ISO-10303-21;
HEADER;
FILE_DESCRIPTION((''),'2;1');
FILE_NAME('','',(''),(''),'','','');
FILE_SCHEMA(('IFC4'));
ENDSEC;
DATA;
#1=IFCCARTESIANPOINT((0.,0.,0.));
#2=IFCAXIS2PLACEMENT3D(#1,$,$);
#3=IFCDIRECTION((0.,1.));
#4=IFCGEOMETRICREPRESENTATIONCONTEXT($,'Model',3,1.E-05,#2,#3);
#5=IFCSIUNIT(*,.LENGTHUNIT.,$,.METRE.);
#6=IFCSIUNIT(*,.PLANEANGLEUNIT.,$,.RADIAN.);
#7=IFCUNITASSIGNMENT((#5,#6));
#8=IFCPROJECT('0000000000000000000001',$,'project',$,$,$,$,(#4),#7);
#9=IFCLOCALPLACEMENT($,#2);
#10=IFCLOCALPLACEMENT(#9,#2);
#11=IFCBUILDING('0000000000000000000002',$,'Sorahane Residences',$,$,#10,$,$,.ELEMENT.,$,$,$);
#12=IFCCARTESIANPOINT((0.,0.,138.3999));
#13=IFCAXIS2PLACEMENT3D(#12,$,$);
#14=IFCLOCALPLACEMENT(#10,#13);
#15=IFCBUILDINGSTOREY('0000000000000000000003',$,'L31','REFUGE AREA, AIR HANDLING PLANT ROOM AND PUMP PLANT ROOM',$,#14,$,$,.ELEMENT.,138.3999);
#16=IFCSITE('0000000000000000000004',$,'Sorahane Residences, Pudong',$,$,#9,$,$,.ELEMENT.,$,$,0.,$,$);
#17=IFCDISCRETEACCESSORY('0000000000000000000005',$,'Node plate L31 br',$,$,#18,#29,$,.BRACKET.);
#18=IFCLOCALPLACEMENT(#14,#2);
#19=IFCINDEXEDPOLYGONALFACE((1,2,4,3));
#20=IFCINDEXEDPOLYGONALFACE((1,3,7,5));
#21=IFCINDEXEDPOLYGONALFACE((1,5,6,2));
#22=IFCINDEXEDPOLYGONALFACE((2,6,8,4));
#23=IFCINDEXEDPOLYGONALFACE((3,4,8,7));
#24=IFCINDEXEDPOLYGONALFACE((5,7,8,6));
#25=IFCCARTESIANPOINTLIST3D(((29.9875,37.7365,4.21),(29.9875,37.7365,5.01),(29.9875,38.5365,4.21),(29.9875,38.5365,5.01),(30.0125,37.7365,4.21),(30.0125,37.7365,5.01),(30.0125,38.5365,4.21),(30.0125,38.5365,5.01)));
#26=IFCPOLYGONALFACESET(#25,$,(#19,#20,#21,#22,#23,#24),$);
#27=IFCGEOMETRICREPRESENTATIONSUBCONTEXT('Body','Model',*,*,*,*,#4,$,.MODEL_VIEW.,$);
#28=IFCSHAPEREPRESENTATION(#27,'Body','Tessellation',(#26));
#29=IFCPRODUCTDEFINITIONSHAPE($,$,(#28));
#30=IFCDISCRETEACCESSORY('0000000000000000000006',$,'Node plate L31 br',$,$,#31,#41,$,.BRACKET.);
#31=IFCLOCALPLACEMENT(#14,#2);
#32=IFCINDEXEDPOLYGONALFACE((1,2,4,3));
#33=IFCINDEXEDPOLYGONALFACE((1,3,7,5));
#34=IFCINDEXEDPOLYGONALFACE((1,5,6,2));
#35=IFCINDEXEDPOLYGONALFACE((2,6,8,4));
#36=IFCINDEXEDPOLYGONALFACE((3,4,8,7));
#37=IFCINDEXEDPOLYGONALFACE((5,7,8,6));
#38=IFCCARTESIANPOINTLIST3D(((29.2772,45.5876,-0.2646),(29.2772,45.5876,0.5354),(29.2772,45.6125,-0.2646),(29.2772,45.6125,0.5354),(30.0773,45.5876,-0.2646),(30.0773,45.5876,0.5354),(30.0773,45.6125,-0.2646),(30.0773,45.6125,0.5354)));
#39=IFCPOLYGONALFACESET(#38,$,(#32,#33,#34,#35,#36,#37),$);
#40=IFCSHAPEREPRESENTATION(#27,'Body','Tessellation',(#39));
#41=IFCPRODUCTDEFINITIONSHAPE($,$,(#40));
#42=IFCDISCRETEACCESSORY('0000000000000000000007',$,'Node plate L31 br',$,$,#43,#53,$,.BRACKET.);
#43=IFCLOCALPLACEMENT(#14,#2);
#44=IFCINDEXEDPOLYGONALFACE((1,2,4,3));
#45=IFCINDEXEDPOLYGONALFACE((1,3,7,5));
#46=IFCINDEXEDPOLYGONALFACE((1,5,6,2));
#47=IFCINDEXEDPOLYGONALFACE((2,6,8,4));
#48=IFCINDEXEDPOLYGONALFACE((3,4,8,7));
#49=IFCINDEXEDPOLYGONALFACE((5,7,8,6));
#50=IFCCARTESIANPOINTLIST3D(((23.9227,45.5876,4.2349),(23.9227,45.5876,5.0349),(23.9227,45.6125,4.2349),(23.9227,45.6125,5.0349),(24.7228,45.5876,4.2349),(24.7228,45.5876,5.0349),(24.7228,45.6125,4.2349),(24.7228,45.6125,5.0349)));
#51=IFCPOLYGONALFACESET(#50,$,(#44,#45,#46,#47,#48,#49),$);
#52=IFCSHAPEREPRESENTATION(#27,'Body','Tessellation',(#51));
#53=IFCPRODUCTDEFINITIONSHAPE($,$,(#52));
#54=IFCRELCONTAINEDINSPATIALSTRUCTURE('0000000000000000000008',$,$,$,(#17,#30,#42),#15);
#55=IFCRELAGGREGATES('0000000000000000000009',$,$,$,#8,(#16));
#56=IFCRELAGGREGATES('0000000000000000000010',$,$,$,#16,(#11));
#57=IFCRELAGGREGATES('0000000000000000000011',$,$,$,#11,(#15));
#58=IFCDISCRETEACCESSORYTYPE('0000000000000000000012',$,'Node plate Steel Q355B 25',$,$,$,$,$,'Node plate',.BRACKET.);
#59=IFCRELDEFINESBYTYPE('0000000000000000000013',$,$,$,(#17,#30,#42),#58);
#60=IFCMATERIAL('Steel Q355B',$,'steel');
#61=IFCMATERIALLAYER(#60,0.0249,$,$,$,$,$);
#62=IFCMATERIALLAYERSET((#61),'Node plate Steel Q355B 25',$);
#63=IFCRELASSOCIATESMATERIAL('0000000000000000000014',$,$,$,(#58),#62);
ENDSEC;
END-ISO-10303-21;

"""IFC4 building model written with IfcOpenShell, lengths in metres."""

from ifc_helpers import new_model, si_unit, direction, frame, origin, origin_2d, place, context, subcontext, project, spatial, rectangle, extrude, material, layer, layer_set, type_object, element, save


model = new_model("IFC4")

# Units and contexts
model_context = context("Model", 3, precision=1e-05, world=origin(), true_north=direction((0.0, 1.0)))
body_context = subcontext(model_context, "Body", "Model", "MODEL_VIEW")
ifc_project = project(units=[si_unit("LENGTHUNIT", "METRE"), si_unit("PLANEANGLEUNIT", "RADIAN")], contexts=[model_context])

# Site, building, storey
site_placement = place(None, origin())
site = spatial("IfcSite", under=ifc_project, at=site_placement, Name="Sorahane Residences, Pudong", CompositionType="ELEMENT", RefElevation=0.0)
building_placement = place(site_placement, origin())
building = spatial("IfcBuilding", under=site, at=building_placement, Name="Sorahane Residences", CompositionType="ELEMENT")
storey_placement = place(building_placement, frame((0.0, 0.0, 138.3999)))
storey = spatial("IfcBuildingStorey", under=building, at=storey_placement, Name="L31", Description="REFUGE AREA, AIR HANDLING PLANT ROOM AND PUMP PLANT ROOM", CompositionType="ELEMENT", Elevation=138.3999)

# Discrete accessories
ifc_material_1 = material(Name="Steel Q355B", Category="steel")
ifc_layer_1 = layer(ifc_material_1, 0.0249)
ifc_layer_set_1 = layer_set([ifc_layer_1], Name="Node plate Steel Q355B 25")
discrete_accessory_type = type_object("IfcDiscreteAccessoryType", Name="Node plate Steel Q355B 25", ElementType="Node plate", PredefinedType="BRACKET", material=ifc_layer_set_1)
for number, where, z_axis, x_axis, name in (
    (1, (30.0, 38.1365, 4.21), (0.0, 0.0, 1.0), (0.0, 1.0, 0.0), "Node plate L31 br"),
    (2, (29.6772, 45.6001, -0.2646), (0.0, 0.0, 1.0), (1.0, 0.0, 0.0), "Node plate L31 br"),
    (3, (24.3228, 45.6001, 4.2349), (0.0, 0.0, 1.0), (1.0, 0.0, 0.0), "Node plate L31 br"),
):
    element("IfcDiscreteAccessory", number, at=place(storey_placement, frame(where, z_axis=z_axis, x_axis=x_axis)), inside=storey, type_object=discrete_accessory_type, Name=name, PredefinedType="BRACKET", context=body_context, shape_type="SweptSolid", body=[
        extrude(rectangle(XDim=0.8, YDim=0.0249, at=origin_2d()), origin(), (0.0, 0.0, 1.0), 0.8),
    ])

save(model, "model.ifc")
